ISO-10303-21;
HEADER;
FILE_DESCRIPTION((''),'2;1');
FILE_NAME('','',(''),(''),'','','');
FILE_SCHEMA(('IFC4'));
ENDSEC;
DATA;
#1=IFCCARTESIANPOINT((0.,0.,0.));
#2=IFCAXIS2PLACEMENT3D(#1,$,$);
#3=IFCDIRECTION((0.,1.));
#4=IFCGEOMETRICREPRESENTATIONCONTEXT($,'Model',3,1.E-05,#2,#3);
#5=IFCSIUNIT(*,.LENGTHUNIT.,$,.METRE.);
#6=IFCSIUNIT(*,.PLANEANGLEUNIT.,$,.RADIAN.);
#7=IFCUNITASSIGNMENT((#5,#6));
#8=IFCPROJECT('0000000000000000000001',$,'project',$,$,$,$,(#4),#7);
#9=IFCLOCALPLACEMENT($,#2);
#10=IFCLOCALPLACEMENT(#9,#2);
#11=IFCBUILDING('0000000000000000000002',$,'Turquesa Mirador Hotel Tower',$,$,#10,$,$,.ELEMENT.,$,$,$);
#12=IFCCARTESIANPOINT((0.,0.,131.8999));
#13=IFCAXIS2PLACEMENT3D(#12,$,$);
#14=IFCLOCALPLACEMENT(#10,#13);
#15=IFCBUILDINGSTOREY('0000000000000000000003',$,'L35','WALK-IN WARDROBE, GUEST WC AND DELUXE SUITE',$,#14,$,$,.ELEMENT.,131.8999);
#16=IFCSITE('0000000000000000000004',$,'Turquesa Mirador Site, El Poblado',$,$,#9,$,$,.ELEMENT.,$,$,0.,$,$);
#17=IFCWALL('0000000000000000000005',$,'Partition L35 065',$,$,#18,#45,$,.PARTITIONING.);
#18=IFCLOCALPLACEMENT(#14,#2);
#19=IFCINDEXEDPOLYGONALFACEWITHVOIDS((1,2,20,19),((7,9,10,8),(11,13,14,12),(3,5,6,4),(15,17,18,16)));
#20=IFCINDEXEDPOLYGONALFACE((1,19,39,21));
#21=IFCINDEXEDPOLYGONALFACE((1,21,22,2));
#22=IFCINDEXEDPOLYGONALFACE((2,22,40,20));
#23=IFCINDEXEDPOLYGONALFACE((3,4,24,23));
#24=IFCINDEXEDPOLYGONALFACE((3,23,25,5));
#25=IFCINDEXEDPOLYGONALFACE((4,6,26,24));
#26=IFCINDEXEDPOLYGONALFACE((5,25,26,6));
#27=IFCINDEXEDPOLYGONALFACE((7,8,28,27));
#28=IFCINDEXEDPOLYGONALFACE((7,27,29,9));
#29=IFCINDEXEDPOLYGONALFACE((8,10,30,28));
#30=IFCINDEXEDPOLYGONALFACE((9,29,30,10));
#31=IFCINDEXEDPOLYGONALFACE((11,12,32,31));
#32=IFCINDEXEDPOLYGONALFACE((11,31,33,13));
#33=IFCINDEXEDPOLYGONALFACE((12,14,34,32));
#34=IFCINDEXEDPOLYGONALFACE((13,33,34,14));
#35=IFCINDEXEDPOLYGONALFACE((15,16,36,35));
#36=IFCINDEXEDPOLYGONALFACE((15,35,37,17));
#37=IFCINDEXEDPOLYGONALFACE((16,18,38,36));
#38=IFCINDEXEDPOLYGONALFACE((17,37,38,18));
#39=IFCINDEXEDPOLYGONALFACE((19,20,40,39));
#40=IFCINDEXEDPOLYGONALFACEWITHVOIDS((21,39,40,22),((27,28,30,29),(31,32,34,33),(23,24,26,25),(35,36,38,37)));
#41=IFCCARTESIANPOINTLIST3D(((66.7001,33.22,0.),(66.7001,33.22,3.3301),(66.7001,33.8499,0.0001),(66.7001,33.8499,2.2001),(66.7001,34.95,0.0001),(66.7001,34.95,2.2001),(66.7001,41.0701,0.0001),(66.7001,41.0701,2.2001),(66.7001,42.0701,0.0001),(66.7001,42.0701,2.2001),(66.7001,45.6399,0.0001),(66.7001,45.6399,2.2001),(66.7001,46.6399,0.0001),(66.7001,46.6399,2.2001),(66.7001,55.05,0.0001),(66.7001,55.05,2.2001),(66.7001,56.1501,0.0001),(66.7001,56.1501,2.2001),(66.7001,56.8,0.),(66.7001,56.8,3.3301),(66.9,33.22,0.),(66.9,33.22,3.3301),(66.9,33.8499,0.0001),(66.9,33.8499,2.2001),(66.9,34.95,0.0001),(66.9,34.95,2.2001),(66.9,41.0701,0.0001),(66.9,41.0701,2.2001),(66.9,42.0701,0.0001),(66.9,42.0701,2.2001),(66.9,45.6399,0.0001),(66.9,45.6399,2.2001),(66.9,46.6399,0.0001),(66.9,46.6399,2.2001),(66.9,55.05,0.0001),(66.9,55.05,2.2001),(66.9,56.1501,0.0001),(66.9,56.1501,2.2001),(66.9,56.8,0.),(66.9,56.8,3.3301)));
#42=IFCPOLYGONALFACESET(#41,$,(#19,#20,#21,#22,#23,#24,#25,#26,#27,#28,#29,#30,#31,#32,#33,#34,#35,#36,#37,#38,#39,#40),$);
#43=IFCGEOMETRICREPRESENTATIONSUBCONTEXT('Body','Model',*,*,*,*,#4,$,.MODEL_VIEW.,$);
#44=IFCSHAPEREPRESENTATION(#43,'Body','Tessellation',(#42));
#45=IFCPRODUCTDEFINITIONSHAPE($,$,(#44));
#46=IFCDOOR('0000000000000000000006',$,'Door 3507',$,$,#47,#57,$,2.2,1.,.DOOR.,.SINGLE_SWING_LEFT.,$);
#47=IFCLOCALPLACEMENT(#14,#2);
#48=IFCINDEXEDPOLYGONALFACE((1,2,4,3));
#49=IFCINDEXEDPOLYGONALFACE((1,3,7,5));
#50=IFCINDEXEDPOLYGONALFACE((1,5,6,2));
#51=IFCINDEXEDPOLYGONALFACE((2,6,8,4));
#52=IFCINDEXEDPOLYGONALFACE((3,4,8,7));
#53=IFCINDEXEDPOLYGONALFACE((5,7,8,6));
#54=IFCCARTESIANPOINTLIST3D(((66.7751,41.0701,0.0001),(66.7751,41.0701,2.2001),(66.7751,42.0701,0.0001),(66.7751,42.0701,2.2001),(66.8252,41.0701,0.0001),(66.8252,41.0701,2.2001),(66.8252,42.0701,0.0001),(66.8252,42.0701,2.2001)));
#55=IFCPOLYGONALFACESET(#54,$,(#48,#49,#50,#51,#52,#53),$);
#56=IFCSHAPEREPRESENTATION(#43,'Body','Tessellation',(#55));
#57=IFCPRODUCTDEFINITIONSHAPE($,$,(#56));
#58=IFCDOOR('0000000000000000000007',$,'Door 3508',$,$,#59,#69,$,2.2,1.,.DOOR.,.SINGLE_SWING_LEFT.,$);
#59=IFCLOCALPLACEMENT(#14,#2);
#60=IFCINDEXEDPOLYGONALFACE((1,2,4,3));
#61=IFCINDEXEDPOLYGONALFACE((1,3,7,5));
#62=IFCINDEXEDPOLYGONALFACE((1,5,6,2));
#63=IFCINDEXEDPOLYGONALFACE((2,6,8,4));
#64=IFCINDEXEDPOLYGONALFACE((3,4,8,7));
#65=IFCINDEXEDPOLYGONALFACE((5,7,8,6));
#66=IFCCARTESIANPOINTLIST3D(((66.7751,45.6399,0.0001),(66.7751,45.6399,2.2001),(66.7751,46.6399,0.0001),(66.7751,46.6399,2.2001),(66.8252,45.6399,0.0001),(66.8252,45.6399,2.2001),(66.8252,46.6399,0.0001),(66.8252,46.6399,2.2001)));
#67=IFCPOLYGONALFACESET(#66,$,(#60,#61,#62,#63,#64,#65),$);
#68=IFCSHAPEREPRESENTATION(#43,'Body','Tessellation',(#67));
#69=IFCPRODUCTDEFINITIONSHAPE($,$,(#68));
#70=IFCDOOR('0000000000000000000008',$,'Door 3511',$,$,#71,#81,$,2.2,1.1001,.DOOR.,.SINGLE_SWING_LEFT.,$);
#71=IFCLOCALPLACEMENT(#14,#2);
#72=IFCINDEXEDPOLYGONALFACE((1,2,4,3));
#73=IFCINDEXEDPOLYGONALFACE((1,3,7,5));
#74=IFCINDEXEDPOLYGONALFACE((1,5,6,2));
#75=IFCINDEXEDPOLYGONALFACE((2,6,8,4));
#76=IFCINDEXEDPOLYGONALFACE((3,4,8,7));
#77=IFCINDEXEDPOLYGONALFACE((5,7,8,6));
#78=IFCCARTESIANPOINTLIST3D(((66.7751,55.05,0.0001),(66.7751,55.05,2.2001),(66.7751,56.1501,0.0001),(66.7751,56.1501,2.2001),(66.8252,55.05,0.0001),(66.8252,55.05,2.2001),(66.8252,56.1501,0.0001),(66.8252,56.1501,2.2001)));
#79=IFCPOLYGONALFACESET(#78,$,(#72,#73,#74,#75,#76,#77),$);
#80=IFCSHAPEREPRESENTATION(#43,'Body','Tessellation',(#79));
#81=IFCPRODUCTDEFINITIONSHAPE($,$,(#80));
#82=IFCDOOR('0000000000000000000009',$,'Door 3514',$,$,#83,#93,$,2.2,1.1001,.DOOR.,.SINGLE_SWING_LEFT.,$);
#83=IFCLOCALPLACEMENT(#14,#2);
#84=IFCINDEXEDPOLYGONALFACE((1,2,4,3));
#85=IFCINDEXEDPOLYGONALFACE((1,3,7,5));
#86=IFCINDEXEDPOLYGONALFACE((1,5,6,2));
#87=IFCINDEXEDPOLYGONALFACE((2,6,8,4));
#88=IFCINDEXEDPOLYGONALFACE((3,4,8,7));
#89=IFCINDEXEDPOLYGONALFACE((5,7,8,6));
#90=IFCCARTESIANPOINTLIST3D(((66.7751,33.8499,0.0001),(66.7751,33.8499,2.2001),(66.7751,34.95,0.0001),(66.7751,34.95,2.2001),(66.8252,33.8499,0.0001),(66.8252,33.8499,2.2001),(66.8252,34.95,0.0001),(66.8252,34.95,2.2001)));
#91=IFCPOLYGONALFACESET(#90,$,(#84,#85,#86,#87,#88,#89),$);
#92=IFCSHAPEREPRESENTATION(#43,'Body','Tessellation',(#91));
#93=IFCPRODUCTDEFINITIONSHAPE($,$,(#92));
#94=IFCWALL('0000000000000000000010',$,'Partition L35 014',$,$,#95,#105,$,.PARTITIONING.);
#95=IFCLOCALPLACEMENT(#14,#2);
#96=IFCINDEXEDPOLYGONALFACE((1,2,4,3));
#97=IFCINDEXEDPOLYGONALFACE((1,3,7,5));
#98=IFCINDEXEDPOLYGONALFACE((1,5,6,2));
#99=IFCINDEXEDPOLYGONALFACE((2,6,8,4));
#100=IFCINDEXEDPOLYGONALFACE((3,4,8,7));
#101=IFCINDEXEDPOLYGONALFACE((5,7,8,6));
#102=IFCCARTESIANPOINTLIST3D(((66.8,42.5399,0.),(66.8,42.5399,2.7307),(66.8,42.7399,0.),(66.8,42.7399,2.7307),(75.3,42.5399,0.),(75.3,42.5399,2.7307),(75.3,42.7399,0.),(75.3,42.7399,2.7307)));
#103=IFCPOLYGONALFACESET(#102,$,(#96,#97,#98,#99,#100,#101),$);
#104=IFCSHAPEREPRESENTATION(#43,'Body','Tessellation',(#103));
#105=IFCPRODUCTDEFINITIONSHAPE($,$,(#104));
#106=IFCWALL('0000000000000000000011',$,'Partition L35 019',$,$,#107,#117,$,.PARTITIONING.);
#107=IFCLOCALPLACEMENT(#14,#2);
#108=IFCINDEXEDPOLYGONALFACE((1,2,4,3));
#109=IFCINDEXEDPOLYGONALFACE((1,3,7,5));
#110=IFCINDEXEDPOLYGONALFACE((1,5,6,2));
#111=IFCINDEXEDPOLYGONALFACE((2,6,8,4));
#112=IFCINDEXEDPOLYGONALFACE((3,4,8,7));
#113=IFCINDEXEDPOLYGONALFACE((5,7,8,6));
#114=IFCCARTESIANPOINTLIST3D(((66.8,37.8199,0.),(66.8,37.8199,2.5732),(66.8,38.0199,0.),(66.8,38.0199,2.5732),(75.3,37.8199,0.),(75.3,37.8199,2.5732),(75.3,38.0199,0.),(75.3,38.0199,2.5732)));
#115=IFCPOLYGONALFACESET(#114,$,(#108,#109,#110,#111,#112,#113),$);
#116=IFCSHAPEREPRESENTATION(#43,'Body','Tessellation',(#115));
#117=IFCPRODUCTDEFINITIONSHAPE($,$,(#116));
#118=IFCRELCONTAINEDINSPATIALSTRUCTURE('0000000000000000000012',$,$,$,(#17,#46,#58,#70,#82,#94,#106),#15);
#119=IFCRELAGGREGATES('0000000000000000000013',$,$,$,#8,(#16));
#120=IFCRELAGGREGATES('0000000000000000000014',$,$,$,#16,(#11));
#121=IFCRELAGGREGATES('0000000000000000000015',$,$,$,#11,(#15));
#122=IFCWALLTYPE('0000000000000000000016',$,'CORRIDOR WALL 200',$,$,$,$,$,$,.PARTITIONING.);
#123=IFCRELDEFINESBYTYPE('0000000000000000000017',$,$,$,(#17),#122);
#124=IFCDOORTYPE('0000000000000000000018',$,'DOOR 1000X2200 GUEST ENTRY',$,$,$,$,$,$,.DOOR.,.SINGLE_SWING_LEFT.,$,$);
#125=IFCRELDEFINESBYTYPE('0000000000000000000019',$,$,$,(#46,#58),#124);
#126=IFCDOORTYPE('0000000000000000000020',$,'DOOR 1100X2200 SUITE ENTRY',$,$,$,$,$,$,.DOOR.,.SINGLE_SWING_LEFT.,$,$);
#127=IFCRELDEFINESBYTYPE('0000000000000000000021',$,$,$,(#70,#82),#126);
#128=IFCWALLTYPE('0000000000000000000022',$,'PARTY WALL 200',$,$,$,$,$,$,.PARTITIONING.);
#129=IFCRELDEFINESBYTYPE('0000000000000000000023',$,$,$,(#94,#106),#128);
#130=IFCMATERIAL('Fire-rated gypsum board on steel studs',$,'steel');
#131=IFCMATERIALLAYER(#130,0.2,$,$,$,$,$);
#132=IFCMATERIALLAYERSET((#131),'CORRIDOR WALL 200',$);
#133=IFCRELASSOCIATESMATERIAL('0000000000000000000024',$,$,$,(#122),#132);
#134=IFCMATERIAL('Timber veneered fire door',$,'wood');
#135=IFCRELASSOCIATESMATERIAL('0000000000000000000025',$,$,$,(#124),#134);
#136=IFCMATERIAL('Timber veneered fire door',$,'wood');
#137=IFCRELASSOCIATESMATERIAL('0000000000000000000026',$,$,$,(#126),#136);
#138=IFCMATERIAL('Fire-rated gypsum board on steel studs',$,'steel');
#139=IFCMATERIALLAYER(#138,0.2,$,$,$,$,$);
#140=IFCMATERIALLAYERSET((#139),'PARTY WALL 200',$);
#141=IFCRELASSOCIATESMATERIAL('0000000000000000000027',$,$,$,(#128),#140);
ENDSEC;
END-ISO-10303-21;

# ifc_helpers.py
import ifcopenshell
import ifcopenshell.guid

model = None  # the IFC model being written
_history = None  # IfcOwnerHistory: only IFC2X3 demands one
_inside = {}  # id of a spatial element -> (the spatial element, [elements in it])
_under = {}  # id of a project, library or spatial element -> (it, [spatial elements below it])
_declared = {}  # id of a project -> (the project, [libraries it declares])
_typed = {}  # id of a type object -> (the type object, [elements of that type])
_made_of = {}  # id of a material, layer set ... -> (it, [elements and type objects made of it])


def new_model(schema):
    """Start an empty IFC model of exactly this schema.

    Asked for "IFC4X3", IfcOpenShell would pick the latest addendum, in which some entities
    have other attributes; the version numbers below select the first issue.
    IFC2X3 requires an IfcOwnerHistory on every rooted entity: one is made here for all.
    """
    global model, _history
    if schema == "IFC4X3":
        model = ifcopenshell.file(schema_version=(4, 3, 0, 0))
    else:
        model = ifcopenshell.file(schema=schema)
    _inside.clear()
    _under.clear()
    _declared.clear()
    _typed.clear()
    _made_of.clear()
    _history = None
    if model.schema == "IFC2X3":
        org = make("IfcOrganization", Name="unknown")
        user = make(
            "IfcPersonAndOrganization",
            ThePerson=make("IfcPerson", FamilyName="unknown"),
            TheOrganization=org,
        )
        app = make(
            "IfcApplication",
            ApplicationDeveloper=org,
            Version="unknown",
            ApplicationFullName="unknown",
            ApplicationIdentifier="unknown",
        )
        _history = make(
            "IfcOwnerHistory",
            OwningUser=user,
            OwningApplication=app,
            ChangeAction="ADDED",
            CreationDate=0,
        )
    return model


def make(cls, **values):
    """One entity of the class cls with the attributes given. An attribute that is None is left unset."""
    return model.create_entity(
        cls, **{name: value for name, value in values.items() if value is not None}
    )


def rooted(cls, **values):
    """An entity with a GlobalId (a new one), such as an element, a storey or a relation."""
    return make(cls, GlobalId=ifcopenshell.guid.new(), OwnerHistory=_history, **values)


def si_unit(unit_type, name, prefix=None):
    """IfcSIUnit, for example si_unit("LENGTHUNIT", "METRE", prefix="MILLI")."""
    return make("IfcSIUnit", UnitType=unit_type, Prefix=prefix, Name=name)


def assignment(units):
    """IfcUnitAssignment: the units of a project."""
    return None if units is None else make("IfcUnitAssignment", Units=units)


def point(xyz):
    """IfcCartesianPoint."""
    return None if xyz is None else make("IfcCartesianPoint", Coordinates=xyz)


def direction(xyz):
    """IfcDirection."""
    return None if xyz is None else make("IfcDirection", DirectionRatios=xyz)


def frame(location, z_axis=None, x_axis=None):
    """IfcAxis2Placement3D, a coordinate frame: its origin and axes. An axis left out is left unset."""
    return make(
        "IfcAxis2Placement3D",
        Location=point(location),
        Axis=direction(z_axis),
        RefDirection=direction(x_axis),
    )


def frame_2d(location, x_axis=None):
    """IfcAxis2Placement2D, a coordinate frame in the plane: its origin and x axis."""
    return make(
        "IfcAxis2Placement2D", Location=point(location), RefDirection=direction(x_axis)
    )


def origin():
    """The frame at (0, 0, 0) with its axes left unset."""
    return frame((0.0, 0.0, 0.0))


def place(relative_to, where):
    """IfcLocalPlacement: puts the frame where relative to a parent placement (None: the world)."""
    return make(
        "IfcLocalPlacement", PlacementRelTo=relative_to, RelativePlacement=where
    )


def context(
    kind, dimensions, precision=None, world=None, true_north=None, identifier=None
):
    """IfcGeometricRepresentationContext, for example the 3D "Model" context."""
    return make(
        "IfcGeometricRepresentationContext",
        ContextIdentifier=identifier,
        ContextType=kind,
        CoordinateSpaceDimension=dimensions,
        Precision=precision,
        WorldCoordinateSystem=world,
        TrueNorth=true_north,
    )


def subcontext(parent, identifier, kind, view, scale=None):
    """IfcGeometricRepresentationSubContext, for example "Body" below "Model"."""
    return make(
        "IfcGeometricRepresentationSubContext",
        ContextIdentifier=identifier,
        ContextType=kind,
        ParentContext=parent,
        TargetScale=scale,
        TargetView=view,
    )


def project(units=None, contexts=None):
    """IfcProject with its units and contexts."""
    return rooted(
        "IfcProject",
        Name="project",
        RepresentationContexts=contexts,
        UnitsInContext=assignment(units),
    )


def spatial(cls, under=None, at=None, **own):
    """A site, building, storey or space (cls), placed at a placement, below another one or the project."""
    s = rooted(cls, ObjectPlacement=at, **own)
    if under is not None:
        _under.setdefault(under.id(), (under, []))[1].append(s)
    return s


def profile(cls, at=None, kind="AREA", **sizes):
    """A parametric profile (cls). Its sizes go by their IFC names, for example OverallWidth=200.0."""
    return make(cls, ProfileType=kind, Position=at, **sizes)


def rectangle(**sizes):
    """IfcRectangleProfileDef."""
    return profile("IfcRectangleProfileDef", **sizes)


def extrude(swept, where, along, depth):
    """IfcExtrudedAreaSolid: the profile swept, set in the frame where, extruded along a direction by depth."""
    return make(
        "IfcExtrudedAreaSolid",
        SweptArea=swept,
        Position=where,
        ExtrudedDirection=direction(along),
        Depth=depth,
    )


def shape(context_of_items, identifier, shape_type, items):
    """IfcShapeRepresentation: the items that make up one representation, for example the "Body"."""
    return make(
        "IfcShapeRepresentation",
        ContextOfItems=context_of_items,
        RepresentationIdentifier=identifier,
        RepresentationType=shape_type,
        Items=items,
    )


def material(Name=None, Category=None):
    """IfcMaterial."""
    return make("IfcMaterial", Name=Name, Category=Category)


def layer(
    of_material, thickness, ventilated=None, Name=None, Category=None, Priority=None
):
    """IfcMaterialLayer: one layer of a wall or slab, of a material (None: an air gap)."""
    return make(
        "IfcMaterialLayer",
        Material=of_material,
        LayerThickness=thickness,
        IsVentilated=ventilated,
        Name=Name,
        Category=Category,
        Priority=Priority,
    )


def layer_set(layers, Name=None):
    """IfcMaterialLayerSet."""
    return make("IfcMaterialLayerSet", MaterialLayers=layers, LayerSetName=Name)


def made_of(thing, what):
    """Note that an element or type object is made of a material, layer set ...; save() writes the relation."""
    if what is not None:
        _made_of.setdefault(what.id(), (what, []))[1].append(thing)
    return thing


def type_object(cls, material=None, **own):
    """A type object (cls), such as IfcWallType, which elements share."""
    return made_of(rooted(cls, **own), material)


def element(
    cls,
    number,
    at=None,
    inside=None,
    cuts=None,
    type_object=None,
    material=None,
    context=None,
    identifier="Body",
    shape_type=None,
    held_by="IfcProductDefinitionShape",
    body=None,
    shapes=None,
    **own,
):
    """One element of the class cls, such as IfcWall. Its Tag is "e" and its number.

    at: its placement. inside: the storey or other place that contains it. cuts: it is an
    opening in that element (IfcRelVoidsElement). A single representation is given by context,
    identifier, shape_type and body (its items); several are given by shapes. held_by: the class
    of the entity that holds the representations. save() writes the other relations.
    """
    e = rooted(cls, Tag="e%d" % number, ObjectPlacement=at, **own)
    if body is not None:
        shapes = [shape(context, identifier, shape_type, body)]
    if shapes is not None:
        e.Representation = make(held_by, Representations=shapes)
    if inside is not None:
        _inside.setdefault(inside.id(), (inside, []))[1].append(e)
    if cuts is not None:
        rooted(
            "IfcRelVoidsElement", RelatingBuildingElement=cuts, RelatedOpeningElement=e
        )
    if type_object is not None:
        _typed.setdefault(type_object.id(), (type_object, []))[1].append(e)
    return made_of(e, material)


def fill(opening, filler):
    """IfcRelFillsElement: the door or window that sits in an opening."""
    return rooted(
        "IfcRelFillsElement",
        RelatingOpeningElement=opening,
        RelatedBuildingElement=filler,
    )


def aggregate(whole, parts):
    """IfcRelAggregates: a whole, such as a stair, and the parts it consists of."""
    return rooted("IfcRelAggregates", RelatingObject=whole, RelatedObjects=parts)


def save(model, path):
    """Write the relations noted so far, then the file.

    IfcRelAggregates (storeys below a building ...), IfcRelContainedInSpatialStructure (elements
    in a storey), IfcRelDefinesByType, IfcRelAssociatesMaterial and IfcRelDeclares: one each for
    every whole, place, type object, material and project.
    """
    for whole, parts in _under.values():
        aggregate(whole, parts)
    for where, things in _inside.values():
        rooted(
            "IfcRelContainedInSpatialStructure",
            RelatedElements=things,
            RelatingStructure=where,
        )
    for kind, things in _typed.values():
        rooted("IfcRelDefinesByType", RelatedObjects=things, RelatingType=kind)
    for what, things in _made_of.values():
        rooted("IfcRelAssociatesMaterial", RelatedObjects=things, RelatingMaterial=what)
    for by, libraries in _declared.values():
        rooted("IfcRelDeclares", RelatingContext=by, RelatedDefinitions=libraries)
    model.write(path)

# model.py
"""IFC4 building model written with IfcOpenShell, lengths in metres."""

from ifc_helpers import new_model, si_unit, direction, frame, frame_2d, origin, place, context, subcontext, project, spatial, rectangle, extrude, material, layer, layer_set, type_object, element, fill, save


model = new_model("IFC4")

# Units and contexts
model_context = context("Model", 3, precision=1e-05, world=origin(), true_north=direction((0.0, 1.0)))
body_context = subcontext(model_context, "Body", "Model", "MODEL_VIEW")
ifc_project = project(units=[si_unit("LENGTHUNIT", "METRE"), si_unit("PLANEANGLEUNIT", "RADIAN")], contexts=[model_context])

# Site, building, storey
site_placement = place(None, origin())
site = spatial("IfcSite", under=ifc_project, at=site_placement, Name="Turquesa Mirador Site, El Poblado", CompositionType="ELEMENT", RefElevation=0.0)
building_placement = place(site_placement, origin())
building = spatial("IfcBuilding", under=site, at=building_placement, Name="Turquesa Mirador Hotel Tower", CompositionType="ELEMENT")
storey_placement = place(building_placement, frame((0.0, 0.0, 131.8999)))
storey = spatial("IfcBuildingStorey", under=building, at=storey_placement, Name="L35", Description="WALK-IN WARDROBE, GUEST WC AND DELUXE SUITE", CompositionType="ELEMENT", Elevation=131.8999)

# Wall, openings, doors
ifc_material_1 = material(Name="Fire-rated gypsum board on steel studs", Category="steel")
ifc_layer_1 = layer(ifc_material_1, 0.2)
ifc_layer_set_1 = layer_set([ifc_layer_1], Name="CORRIDOR WALL 200")
wall_type_1 = type_object("IfcWallType", Name="CORRIDOR WALL 200", PredefinedType="PARTITIONING", material=ifc_layer_set_1)
wall_1_placement = place(storey_placement, frame((66.8, 33.22, 0.0), z_axis=(0.0, 0.0, 1.0), x_axis=(0.0, 1.0, 0.0)))
wall_1 = element("IfcWall", 1, at=wall_1_placement, inside=storey, type_object=wall_type_1, Name="Partition L35 065", PredefinedType="PARTITIONING", context=body_context, shape_type="SweptSolid", body=[
    extrude(rectangle(XDim=23.5801, YDim=0.2, at=frame_2d((11.79, 0.0))), origin(), (0.0, 0.0, 1.0), 3.3301),
])
opening_1_placement = place(wall_1_placement, frame((7.8501, 0.0, 0.0)))
opening_1 = element("IfcOpeningElement", 2, at=opening_1_placement, cuts=wall_1, PredefinedType="OPENING", context=body_context, shape_type="SweptSolid", body=[
    extrude(rectangle(XDim=1.0, YDim=2.2, at=frame_2d((0.5, 1.1001))), frame((0.0, 0.1099, 0.0), z_axis=(0.0, -1.0, 0.0), x_axis=(1.0, 0.0, 0.0)), (0.0, 0.0, 1.0), 0.22),
])
opening_2_placement = place(wall_1_placement, frame((12.4199, 0.0, 0.0)))
opening_2 = element("IfcOpeningElement", 3, at=opening_2_placement, cuts=wall_1, PredefinedType="OPENING", context=body_context, shape_type="SweptSolid", body=[
    extrude(rectangle(XDim=1.0, YDim=2.2, at=frame_2d((0.5, 1.1001))), frame((0.0, 0.1099, 0.0), z_axis=(0.0, -1.0, 0.0), x_axis=(1.0, 0.0, 0.0)), (0.0, 0.0, 1.0), 0.22),
])
opening_3_placement = place(wall_1_placement, frame((21.8301, 0.0, 0.0)))
opening_3 = element("IfcOpeningElement", 4, at=opening_3_placement, cuts=wall_1, PredefinedType="OPENING", context=body_context, shape_type="SweptSolid", body=[
    extrude(rectangle(XDim=1.1001, YDim=2.2, at=frame_2d((0.55, 1.1001))), frame((0.0, 0.1099, 0.0), z_axis=(0.0, -1.0, 0.0), x_axis=(1.0, 0.0, 0.0)), (0.0, 0.0, 1.0), 0.22),
])
opening_4_placement = place(wall_1_placement, frame((0.6299, 0.0, 0.0)))
opening_4 = element("IfcOpeningElement", 5, at=opening_4_placement, cuts=wall_1, PredefinedType="OPENING", context=body_context, shape_type="SweptSolid", body=[
    extrude(rectangle(XDim=1.1001, YDim=2.2, at=frame_2d((0.55, 1.1001))), frame((0.0, 0.1099, 0.0), z_axis=(0.0, -1.0, 0.0), x_axis=(1.0, 0.0, 0.0)), (0.0, 0.0, 1.0), 0.22),
])
ifc_material_2 = material(Name="Timber veneered fire door", Category="wood")
door_type_1 = type_object("IfcDoorType", Name="DOOR 1000X2200 GUEST ENTRY", OperationType="SINGLE_SWING_LEFT", PredefinedType="DOOR", material=ifc_material_2)
door_1_placement = place(opening_1_placement, origin())
door_1 = element("IfcDoor", 6, at=door_1_placement, inside=storey, type_object=door_type_1, Name="Door 3507", OperationType="SINGLE_SWING_LEFT", OverallHeight=2.2, OverallWidth=1.0, PredefinedType="DOOR", context=body_context, shape_type="SweptSolid", body=[
    extrude(rectangle(XDim=1.0, YDim=2.2, at=frame_2d((0.5, 1.1001))), frame((0.0, 0.0249, 0.0), z_axis=(0.0, -1.0, 0.0), x_axis=(1.0, 0.0, 0.0)), (0.0, 0.0, 1.0), 0.05),
])
fill(opening_1, door_1)
door_2_placement = place(opening_2_placement, origin())
door_2 = element("IfcDoor", 7, at=door_2_placement, inside=storey, type_object=door_type_1, Name="Door 3508", OperationType="SINGLE_SWING_LEFT", OverallHeight=2.2, OverallWidth=1.0, PredefinedType="DOOR", context=body_context, shape_type="SweptSolid", body=[
    extrude(rectangle(XDim=1.0, YDim=2.2, at=frame_2d((0.5, 1.1001))), frame((0.0, 0.0249, 0.0), z_axis=(0.0, -1.0, 0.0), x_axis=(1.0, 0.0, 0.0)), (0.0, 0.0, 1.0), 0.05),
])
fill(opening_2, door_2)
ifc_material_3 = material(Name="Timber veneered fire door", Category="wood")
door_type_2 = type_object("IfcDoorType", Name="DOOR 1100X2200 SUITE ENTRY", OperationType="SINGLE_SWING_LEFT", PredefinedType="DOOR", material=ifc_material_3)
door_3_placement = place(opening_3_placement, origin())
door_3 = element("IfcDoor", 8, at=door_3_placement, inside=storey, type_object=door_type_2, Name="Door 3511", OperationType="SINGLE_SWING_LEFT", OverallHeight=2.2, OverallWidth=1.1001, PredefinedType="DOOR", context=body_context, shape_type="SweptSolid", body=[
    extrude(rectangle(XDim=1.1001, YDim=2.2, at=frame_2d((0.55, 1.1001))), frame((0.0, 0.0249, 0.0), z_axis=(0.0, -1.0, 0.0), x_axis=(1.0, 0.0, 0.0)), (0.0, 0.0, 1.0), 0.05),
])
fill(opening_3, door_3)
door_4_placement = place(opening_4_placement, origin())
door_4 = element("IfcDoor", 9, at=door_4_placement, inside=storey, type_object=door_type_2, Name="Door 3514", OperationType="SINGLE_SWING_LEFT", OverallHeight=2.2, OverallWidth=1.1001, PredefinedType="DOOR", context=body_context, shape_type="SweptSolid", body=[
    extrude(rectangle(XDim=1.1001, YDim=2.2, at=frame_2d((0.55, 1.1001))), frame((0.0, 0.0249, 0.0), z_axis=(0.0, -1.0, 0.0), x_axis=(1.0, 0.0, 0.0)), (0.0, 0.0, 1.0), 0.05),
])
fill(opening_4, door_4)

# Walls
ifc_material_4 = material(Name="Fire-rated gypsum board on steel studs", Category="steel")
ifc_layer_2 = layer(ifc_material_4, 0.2)
ifc_layer_set_2 = layer_set([ifc_layer_2], Name="PARTY WALL 200")
wall_type_2 = type_object("IfcWallType", Name="PARTY WALL 200", PredefinedType="PARTITIONING", material=ifc_layer_set_2)
wall_2_placement = place(storey_placement, frame((66.8, 42.6399, 0.0), z_axis=(0.0, 0.0, 1.0), x_axis=(1.0, 0.0, 0.0)))
element("IfcWall", 10, at=wall_2_placement, inside=storey, type_object=wall_type_2, Name="Partition L35 014", PredefinedType="PARTITIONING", context=body_context, shape_type="SweptSolid", body=[
    extrude(rectangle(XDim=8.5, YDim=0.2, at=frame_2d((4.25, 0.0))), origin(), (0.0, 0.0, 1.0), 2.7307),
])
wall_3_placement = place(storey_placement, frame((66.8, 37.9199, 0.0), z_axis=(0.0, 0.0, 1.0), x_axis=(1.0, 0.0, 0.0)))
element("IfcWall", 11, at=wall_3_placement, inside=storey, type_object=wall_type_2, Name="Partition L35 019", PredefinedType="PARTITIONING", context=body_context, shape_type="SweptSolid", body=[
    extrude(rectangle(XDim=8.5, YDim=0.2, at=frame_2d((4.25, 0.0))), origin(), (0.0, 0.0, 1.0), 2.5732),
])

save(model, "model.ifc")
